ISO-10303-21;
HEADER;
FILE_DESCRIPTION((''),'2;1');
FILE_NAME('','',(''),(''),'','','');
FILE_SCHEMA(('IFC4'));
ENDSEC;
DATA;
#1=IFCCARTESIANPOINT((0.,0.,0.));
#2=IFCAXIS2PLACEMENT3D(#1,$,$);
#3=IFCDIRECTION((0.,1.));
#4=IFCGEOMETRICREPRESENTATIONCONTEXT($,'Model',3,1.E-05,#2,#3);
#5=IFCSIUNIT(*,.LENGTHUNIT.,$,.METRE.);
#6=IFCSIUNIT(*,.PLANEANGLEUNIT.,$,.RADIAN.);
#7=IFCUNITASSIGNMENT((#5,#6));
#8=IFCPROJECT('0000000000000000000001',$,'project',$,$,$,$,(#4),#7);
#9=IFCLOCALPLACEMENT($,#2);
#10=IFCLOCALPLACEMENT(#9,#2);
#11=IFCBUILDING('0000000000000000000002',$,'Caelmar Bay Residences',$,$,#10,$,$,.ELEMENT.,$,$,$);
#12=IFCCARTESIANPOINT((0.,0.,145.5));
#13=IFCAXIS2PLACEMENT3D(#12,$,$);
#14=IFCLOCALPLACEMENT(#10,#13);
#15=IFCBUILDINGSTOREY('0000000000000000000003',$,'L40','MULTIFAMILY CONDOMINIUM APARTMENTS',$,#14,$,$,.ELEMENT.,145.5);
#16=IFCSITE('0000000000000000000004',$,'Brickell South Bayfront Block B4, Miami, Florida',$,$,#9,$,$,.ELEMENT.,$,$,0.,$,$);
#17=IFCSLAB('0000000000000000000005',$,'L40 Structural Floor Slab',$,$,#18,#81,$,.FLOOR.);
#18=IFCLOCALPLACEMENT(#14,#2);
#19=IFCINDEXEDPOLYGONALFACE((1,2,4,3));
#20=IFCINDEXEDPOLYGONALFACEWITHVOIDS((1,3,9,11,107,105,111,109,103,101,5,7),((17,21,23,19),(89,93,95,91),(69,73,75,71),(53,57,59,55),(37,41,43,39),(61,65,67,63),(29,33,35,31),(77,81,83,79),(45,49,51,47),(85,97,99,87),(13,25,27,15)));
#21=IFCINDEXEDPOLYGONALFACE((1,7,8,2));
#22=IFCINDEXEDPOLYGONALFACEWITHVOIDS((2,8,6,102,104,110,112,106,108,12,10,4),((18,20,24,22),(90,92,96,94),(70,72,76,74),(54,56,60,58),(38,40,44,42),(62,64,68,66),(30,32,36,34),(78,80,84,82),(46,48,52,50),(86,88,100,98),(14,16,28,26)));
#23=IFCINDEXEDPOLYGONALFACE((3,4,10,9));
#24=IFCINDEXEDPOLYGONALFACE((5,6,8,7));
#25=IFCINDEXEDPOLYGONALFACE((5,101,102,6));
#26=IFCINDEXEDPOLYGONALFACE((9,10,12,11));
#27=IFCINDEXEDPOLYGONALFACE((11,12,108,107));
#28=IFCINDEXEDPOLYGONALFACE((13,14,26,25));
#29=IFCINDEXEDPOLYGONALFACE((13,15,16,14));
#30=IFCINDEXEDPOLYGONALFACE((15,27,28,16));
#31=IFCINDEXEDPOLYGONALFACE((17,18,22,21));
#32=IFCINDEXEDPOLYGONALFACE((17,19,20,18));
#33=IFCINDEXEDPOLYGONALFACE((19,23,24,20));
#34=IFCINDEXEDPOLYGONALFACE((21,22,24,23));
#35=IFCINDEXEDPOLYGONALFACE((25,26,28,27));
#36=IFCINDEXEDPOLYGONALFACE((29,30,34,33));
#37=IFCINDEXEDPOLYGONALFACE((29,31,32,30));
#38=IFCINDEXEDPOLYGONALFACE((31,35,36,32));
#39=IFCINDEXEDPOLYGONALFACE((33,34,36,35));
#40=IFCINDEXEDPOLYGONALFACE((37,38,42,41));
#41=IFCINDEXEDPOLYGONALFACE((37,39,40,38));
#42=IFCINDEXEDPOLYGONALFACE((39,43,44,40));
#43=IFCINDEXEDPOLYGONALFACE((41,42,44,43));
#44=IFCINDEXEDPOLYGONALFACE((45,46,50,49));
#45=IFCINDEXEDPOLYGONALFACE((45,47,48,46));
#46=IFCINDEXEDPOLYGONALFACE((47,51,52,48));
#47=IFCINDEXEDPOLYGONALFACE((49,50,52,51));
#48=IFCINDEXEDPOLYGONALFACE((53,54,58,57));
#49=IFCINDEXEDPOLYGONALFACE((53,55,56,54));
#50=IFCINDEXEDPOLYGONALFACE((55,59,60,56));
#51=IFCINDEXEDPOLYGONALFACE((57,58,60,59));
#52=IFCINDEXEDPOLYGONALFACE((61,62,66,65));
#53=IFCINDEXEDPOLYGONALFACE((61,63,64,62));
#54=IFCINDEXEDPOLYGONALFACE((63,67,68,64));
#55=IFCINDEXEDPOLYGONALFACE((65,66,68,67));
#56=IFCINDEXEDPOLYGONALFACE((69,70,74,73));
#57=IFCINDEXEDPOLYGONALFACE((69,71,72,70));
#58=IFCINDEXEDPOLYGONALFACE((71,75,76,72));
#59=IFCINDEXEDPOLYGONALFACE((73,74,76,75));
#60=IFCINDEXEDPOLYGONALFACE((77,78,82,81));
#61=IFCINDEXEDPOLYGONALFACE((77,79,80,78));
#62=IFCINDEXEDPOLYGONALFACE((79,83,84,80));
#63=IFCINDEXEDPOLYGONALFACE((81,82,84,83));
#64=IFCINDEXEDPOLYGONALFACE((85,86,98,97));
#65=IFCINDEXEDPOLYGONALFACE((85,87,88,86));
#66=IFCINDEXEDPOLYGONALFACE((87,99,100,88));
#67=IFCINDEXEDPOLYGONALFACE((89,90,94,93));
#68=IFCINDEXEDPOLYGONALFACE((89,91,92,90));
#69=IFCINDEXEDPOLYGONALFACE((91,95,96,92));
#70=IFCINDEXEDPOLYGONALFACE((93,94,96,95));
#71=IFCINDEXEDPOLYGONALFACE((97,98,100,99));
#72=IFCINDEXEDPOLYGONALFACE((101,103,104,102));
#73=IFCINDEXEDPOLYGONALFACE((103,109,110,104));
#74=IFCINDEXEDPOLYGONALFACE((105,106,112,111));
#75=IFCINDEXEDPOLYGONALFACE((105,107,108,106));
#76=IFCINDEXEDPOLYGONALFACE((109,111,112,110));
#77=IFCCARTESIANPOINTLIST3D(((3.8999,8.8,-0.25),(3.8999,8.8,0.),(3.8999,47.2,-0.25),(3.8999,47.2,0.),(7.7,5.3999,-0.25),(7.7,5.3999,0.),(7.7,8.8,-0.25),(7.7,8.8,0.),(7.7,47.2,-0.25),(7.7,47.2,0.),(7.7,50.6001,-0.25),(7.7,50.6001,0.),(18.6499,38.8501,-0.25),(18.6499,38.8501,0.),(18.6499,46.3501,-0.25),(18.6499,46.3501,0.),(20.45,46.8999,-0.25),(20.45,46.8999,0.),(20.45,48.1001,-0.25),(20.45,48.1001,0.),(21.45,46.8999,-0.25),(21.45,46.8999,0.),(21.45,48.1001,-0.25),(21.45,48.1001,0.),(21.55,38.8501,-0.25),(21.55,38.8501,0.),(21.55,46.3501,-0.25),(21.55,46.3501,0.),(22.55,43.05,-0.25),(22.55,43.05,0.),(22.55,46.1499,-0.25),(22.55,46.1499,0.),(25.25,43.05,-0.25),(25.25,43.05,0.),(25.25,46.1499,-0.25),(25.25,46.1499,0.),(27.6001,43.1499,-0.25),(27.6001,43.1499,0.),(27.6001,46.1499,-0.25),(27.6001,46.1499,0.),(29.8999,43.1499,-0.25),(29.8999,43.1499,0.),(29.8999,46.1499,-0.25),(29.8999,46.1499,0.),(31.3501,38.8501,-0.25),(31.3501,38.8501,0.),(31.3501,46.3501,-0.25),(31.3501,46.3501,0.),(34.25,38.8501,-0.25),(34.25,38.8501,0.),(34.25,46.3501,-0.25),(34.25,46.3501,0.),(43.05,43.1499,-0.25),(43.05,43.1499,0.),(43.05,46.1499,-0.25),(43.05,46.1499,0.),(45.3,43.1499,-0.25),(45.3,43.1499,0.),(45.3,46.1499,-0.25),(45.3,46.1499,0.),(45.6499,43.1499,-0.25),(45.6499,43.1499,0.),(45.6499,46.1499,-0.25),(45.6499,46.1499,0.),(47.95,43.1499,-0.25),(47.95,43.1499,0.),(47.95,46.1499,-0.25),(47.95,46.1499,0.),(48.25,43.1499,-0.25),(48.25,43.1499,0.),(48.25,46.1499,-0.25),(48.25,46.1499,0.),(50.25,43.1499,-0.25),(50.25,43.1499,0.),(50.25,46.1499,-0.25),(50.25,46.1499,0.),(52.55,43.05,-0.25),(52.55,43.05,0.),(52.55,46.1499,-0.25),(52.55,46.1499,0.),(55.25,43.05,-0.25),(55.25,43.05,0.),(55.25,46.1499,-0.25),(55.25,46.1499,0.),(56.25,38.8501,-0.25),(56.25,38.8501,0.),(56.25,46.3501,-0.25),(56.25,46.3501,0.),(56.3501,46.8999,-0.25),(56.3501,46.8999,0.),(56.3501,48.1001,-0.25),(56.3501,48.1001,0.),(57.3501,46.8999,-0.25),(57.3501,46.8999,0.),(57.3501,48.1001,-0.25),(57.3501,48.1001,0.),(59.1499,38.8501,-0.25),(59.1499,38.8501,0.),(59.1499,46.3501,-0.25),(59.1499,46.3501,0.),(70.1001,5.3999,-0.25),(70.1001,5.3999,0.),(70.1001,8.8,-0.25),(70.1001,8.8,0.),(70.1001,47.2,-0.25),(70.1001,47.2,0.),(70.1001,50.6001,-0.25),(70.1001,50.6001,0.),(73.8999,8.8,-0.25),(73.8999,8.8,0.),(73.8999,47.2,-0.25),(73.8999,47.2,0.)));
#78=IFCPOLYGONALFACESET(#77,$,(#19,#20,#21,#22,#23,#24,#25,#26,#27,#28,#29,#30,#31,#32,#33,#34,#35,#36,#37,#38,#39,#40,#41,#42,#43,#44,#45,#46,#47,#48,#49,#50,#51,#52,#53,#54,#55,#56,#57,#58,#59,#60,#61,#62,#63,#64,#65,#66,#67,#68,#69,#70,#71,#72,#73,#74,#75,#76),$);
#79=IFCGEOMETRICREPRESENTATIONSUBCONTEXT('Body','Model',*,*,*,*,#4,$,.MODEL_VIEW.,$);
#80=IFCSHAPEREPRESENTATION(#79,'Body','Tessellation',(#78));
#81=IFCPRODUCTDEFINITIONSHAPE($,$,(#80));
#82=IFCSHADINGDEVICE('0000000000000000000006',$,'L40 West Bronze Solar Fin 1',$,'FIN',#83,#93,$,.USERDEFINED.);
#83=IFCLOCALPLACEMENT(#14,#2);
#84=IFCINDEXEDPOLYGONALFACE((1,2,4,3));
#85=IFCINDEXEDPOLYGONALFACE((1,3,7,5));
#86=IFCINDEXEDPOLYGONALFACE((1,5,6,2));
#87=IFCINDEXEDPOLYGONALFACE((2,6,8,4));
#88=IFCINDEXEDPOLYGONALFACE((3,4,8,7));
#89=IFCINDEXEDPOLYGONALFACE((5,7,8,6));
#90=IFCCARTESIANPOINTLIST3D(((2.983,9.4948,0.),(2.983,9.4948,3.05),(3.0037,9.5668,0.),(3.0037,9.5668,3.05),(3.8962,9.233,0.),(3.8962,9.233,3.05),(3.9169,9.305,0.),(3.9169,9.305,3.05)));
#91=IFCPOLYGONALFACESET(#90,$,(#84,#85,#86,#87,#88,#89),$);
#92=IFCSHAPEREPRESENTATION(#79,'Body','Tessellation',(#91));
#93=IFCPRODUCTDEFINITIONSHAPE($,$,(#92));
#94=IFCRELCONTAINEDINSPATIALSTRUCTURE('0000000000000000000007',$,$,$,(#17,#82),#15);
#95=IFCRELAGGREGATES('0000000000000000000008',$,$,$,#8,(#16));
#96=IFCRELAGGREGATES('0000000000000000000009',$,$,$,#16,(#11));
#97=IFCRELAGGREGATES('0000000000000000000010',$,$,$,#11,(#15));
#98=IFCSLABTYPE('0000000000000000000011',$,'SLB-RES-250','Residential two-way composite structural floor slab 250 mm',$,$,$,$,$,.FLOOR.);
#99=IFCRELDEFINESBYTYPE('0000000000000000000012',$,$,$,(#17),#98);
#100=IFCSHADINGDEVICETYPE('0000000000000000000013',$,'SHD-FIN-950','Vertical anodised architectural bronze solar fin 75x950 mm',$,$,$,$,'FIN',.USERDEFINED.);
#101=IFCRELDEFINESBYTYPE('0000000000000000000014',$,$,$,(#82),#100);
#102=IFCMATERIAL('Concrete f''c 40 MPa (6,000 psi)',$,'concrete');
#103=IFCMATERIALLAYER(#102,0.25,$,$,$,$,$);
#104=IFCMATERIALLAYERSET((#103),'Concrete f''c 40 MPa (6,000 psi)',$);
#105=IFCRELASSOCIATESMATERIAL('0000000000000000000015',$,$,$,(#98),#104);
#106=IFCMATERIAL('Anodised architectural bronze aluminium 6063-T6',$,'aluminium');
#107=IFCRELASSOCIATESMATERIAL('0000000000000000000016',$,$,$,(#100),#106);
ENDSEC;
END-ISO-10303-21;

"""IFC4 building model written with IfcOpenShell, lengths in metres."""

from ifc_helpers import new_model, si_unit, direction, frame, origin, origin_2d, place, context, subcontext, project, spatial, polyline, rectangle, outline, extrude, material, layer, layer_set, material_profile, profile_set, type_object, element, save


model = new_model("IFC4")

# Units and contexts
model_context = context("Model", 3, precision=1e-05, world=origin(), true_north=direction((0.0, 1.0)))
body_context = subcontext(model_context, "Body", "Model", "MODEL_VIEW")
ifc_project = project(units=[si_unit("LENGTHUNIT", "METRE"), si_unit("PLANEANGLEUNIT", "RADIAN")], contexts=[model_context])

# Site, building, storey
site_placement = place(None, origin())
site = spatial("IfcSite", under=ifc_project, at=site_placement, Name="Brickell South Bayfront Block B4, Miami, Florida", CompositionType="ELEMENT", RefElevation=0.0)
building_placement = place(site_placement, origin())
building = spatial("IfcBuilding", under=site, at=building_placement, Name="Caelmar Bay Residences", CompositionType="ELEMENT")
storey_placement = place(building_placement, frame((0.0, 0.0, 145.5)))
storey = spatial("IfcBuildingStorey", under=building, at=storey_placement, Name="L40", Description="MULTIFAMILY CONDOMINIUM APARTMENTS", CompositionType="ELEMENT", Elevation=145.5)

# Shared definitions
ifc_material_1 = material(Name="Concrete f'c 40 MPa (6,000 psi)", Category="concrete")

# Slab
ifc_layer_1 = layer(ifc_material_1, 0.25)
ifc_layer_set_1 = layer_set([ifc_layer_1], Name="Concrete f'c 40 MPa (6,000 psi)")
slab_type_1 = type_object("IfcSlabType", Name="SLB-RES-250", Description="Residential two-way composite structural floor slab 250 mm", PredefinedType="FLOOR", material=ifc_layer_set_1)
slab_1_placement = place(storey_placement, frame((0.0, 0.0, -0.25)))
element("IfcSlab", 1, at=slab_1_placement, inside=storey, type_object=slab_type_1, Name="L40 Structural Floor Slab", PredefinedType="FLOOR", context=body_context, shape_type="SweptSolid", body=[
    extrude(outline(polyline([(7.7, 5.3999), (70.1001, 5.3999), (70.1001, 8.8), (73.8999, 8.8), (73.8999, 47.2), (70.1001, 47.2), (70.1001, 50.6001), (7.7, 50.6001), (7.7, 47.2), (3.8999, 47.2), (3.8999, 8.8), (7.7, 8.8), (7.7, 5.3999)]), holes=[polyline([(18.6499, 38.8501), (21.55, 38.8501), (21.55, 46.3501), (18.6499, 46.3501), (18.6499, 38.8501)]), polyline([(56.25, 38.8501), (59.1499, 38.8501), (59.1499, 46.3501), (56.25, 46.3501), (56.25, 38.8501)]), polyline([(31.3501, 38.8501), (34.25, 38.8501), (34.25, 46.3501), (31.3501, 46.3501), (31.3501, 38.8501)]), polyline([(22.55, 43.05), (25.25, 43.05), (25.25, 46.1499), (22.55, 46.1499), (22.55, 43.05)]), polyline([(52.55, 43.05), (55.25, 43.05), (55.25, 46.1499), (52.55, 46.1499), (52.55, 43.05)]), polyline([(43.05, 43.1499), (45.3, 43.1499), (45.3, 46.1499), (43.05, 46.1499), (43.05, 43.1499)]), polyline([(45.6499, 43.1499), (47.95, 43.1499), (47.95, 46.1499), (45.6499, 46.1499), (45.6499, 43.1499)]), polyline([(48.25, 43.1499), (50.25, 43.1499), (50.25, 46.1499), (48.25, 46.1499), (48.25, 43.1499)]), polyline([(27.6001, 43.1499), (29.8999, 43.1499), (29.8999, 46.1499), (27.6001, 46.1499), (27.6001, 43.1499)]), polyline([(20.45, 46.8999), (21.45, 46.8999), (21.45, 48.1001), (20.45, 48.1001), (20.45, 46.8999)]), polyline([(56.3501, 46.8999), (57.3501, 46.8999), (57.3501, 48.1001), (56.3501, 48.1001), (56.3501, 46.8999)])]), origin(), (0.0, 0.0, 1.0), 0.25),
])

# Shading device
ifc_material_2 = material(Name="Anodised architectural bronze aluminium 6063-T6", Category="aluminium")
ifc_material_profile_1 = material_profile(ifc_material_2, rectangle(XDim=0.075, YDim=0.95, at=origin_2d()), Name="BRONZE-FIN-75X950")
ifc_profile_set_1 = profile_set([ifc_material_profile_1], Name="Anodised architectural bronze aluminium 6063-T6")
shading_device_type = type_object("IfcShadingDeviceType", Name="SHD-FIN-950", Description="Vertical anodised architectural bronze solar fin 75x950 mm", ElementType="FIN", PredefinedType="USERDEFINED", material=ifc_profile_set_1)
shading_device_placement = place(storey_placement, frame((3.45, 9.3999, 0.0), z_axis=(0.0, 0.0, 1.0), x_axis=(0.275637, 0.961262, 0.0)))
element("IfcShadingDevice", 2, at=shading_device_placement, inside=storey, type_object=shading_device_type, Name="L40 West Bronze Solar Fin 1", ObjectType="FIN", PredefinedType="USERDEFINED", context=body_context, shape_type="SweptSolid", body=[
    extrude(rectangle(XDim=0.075, YDim=0.95, at=origin_2d()), origin(), (0.0, 0.0, 1.0), 3.05),
])

save(model, "model.ifc")
